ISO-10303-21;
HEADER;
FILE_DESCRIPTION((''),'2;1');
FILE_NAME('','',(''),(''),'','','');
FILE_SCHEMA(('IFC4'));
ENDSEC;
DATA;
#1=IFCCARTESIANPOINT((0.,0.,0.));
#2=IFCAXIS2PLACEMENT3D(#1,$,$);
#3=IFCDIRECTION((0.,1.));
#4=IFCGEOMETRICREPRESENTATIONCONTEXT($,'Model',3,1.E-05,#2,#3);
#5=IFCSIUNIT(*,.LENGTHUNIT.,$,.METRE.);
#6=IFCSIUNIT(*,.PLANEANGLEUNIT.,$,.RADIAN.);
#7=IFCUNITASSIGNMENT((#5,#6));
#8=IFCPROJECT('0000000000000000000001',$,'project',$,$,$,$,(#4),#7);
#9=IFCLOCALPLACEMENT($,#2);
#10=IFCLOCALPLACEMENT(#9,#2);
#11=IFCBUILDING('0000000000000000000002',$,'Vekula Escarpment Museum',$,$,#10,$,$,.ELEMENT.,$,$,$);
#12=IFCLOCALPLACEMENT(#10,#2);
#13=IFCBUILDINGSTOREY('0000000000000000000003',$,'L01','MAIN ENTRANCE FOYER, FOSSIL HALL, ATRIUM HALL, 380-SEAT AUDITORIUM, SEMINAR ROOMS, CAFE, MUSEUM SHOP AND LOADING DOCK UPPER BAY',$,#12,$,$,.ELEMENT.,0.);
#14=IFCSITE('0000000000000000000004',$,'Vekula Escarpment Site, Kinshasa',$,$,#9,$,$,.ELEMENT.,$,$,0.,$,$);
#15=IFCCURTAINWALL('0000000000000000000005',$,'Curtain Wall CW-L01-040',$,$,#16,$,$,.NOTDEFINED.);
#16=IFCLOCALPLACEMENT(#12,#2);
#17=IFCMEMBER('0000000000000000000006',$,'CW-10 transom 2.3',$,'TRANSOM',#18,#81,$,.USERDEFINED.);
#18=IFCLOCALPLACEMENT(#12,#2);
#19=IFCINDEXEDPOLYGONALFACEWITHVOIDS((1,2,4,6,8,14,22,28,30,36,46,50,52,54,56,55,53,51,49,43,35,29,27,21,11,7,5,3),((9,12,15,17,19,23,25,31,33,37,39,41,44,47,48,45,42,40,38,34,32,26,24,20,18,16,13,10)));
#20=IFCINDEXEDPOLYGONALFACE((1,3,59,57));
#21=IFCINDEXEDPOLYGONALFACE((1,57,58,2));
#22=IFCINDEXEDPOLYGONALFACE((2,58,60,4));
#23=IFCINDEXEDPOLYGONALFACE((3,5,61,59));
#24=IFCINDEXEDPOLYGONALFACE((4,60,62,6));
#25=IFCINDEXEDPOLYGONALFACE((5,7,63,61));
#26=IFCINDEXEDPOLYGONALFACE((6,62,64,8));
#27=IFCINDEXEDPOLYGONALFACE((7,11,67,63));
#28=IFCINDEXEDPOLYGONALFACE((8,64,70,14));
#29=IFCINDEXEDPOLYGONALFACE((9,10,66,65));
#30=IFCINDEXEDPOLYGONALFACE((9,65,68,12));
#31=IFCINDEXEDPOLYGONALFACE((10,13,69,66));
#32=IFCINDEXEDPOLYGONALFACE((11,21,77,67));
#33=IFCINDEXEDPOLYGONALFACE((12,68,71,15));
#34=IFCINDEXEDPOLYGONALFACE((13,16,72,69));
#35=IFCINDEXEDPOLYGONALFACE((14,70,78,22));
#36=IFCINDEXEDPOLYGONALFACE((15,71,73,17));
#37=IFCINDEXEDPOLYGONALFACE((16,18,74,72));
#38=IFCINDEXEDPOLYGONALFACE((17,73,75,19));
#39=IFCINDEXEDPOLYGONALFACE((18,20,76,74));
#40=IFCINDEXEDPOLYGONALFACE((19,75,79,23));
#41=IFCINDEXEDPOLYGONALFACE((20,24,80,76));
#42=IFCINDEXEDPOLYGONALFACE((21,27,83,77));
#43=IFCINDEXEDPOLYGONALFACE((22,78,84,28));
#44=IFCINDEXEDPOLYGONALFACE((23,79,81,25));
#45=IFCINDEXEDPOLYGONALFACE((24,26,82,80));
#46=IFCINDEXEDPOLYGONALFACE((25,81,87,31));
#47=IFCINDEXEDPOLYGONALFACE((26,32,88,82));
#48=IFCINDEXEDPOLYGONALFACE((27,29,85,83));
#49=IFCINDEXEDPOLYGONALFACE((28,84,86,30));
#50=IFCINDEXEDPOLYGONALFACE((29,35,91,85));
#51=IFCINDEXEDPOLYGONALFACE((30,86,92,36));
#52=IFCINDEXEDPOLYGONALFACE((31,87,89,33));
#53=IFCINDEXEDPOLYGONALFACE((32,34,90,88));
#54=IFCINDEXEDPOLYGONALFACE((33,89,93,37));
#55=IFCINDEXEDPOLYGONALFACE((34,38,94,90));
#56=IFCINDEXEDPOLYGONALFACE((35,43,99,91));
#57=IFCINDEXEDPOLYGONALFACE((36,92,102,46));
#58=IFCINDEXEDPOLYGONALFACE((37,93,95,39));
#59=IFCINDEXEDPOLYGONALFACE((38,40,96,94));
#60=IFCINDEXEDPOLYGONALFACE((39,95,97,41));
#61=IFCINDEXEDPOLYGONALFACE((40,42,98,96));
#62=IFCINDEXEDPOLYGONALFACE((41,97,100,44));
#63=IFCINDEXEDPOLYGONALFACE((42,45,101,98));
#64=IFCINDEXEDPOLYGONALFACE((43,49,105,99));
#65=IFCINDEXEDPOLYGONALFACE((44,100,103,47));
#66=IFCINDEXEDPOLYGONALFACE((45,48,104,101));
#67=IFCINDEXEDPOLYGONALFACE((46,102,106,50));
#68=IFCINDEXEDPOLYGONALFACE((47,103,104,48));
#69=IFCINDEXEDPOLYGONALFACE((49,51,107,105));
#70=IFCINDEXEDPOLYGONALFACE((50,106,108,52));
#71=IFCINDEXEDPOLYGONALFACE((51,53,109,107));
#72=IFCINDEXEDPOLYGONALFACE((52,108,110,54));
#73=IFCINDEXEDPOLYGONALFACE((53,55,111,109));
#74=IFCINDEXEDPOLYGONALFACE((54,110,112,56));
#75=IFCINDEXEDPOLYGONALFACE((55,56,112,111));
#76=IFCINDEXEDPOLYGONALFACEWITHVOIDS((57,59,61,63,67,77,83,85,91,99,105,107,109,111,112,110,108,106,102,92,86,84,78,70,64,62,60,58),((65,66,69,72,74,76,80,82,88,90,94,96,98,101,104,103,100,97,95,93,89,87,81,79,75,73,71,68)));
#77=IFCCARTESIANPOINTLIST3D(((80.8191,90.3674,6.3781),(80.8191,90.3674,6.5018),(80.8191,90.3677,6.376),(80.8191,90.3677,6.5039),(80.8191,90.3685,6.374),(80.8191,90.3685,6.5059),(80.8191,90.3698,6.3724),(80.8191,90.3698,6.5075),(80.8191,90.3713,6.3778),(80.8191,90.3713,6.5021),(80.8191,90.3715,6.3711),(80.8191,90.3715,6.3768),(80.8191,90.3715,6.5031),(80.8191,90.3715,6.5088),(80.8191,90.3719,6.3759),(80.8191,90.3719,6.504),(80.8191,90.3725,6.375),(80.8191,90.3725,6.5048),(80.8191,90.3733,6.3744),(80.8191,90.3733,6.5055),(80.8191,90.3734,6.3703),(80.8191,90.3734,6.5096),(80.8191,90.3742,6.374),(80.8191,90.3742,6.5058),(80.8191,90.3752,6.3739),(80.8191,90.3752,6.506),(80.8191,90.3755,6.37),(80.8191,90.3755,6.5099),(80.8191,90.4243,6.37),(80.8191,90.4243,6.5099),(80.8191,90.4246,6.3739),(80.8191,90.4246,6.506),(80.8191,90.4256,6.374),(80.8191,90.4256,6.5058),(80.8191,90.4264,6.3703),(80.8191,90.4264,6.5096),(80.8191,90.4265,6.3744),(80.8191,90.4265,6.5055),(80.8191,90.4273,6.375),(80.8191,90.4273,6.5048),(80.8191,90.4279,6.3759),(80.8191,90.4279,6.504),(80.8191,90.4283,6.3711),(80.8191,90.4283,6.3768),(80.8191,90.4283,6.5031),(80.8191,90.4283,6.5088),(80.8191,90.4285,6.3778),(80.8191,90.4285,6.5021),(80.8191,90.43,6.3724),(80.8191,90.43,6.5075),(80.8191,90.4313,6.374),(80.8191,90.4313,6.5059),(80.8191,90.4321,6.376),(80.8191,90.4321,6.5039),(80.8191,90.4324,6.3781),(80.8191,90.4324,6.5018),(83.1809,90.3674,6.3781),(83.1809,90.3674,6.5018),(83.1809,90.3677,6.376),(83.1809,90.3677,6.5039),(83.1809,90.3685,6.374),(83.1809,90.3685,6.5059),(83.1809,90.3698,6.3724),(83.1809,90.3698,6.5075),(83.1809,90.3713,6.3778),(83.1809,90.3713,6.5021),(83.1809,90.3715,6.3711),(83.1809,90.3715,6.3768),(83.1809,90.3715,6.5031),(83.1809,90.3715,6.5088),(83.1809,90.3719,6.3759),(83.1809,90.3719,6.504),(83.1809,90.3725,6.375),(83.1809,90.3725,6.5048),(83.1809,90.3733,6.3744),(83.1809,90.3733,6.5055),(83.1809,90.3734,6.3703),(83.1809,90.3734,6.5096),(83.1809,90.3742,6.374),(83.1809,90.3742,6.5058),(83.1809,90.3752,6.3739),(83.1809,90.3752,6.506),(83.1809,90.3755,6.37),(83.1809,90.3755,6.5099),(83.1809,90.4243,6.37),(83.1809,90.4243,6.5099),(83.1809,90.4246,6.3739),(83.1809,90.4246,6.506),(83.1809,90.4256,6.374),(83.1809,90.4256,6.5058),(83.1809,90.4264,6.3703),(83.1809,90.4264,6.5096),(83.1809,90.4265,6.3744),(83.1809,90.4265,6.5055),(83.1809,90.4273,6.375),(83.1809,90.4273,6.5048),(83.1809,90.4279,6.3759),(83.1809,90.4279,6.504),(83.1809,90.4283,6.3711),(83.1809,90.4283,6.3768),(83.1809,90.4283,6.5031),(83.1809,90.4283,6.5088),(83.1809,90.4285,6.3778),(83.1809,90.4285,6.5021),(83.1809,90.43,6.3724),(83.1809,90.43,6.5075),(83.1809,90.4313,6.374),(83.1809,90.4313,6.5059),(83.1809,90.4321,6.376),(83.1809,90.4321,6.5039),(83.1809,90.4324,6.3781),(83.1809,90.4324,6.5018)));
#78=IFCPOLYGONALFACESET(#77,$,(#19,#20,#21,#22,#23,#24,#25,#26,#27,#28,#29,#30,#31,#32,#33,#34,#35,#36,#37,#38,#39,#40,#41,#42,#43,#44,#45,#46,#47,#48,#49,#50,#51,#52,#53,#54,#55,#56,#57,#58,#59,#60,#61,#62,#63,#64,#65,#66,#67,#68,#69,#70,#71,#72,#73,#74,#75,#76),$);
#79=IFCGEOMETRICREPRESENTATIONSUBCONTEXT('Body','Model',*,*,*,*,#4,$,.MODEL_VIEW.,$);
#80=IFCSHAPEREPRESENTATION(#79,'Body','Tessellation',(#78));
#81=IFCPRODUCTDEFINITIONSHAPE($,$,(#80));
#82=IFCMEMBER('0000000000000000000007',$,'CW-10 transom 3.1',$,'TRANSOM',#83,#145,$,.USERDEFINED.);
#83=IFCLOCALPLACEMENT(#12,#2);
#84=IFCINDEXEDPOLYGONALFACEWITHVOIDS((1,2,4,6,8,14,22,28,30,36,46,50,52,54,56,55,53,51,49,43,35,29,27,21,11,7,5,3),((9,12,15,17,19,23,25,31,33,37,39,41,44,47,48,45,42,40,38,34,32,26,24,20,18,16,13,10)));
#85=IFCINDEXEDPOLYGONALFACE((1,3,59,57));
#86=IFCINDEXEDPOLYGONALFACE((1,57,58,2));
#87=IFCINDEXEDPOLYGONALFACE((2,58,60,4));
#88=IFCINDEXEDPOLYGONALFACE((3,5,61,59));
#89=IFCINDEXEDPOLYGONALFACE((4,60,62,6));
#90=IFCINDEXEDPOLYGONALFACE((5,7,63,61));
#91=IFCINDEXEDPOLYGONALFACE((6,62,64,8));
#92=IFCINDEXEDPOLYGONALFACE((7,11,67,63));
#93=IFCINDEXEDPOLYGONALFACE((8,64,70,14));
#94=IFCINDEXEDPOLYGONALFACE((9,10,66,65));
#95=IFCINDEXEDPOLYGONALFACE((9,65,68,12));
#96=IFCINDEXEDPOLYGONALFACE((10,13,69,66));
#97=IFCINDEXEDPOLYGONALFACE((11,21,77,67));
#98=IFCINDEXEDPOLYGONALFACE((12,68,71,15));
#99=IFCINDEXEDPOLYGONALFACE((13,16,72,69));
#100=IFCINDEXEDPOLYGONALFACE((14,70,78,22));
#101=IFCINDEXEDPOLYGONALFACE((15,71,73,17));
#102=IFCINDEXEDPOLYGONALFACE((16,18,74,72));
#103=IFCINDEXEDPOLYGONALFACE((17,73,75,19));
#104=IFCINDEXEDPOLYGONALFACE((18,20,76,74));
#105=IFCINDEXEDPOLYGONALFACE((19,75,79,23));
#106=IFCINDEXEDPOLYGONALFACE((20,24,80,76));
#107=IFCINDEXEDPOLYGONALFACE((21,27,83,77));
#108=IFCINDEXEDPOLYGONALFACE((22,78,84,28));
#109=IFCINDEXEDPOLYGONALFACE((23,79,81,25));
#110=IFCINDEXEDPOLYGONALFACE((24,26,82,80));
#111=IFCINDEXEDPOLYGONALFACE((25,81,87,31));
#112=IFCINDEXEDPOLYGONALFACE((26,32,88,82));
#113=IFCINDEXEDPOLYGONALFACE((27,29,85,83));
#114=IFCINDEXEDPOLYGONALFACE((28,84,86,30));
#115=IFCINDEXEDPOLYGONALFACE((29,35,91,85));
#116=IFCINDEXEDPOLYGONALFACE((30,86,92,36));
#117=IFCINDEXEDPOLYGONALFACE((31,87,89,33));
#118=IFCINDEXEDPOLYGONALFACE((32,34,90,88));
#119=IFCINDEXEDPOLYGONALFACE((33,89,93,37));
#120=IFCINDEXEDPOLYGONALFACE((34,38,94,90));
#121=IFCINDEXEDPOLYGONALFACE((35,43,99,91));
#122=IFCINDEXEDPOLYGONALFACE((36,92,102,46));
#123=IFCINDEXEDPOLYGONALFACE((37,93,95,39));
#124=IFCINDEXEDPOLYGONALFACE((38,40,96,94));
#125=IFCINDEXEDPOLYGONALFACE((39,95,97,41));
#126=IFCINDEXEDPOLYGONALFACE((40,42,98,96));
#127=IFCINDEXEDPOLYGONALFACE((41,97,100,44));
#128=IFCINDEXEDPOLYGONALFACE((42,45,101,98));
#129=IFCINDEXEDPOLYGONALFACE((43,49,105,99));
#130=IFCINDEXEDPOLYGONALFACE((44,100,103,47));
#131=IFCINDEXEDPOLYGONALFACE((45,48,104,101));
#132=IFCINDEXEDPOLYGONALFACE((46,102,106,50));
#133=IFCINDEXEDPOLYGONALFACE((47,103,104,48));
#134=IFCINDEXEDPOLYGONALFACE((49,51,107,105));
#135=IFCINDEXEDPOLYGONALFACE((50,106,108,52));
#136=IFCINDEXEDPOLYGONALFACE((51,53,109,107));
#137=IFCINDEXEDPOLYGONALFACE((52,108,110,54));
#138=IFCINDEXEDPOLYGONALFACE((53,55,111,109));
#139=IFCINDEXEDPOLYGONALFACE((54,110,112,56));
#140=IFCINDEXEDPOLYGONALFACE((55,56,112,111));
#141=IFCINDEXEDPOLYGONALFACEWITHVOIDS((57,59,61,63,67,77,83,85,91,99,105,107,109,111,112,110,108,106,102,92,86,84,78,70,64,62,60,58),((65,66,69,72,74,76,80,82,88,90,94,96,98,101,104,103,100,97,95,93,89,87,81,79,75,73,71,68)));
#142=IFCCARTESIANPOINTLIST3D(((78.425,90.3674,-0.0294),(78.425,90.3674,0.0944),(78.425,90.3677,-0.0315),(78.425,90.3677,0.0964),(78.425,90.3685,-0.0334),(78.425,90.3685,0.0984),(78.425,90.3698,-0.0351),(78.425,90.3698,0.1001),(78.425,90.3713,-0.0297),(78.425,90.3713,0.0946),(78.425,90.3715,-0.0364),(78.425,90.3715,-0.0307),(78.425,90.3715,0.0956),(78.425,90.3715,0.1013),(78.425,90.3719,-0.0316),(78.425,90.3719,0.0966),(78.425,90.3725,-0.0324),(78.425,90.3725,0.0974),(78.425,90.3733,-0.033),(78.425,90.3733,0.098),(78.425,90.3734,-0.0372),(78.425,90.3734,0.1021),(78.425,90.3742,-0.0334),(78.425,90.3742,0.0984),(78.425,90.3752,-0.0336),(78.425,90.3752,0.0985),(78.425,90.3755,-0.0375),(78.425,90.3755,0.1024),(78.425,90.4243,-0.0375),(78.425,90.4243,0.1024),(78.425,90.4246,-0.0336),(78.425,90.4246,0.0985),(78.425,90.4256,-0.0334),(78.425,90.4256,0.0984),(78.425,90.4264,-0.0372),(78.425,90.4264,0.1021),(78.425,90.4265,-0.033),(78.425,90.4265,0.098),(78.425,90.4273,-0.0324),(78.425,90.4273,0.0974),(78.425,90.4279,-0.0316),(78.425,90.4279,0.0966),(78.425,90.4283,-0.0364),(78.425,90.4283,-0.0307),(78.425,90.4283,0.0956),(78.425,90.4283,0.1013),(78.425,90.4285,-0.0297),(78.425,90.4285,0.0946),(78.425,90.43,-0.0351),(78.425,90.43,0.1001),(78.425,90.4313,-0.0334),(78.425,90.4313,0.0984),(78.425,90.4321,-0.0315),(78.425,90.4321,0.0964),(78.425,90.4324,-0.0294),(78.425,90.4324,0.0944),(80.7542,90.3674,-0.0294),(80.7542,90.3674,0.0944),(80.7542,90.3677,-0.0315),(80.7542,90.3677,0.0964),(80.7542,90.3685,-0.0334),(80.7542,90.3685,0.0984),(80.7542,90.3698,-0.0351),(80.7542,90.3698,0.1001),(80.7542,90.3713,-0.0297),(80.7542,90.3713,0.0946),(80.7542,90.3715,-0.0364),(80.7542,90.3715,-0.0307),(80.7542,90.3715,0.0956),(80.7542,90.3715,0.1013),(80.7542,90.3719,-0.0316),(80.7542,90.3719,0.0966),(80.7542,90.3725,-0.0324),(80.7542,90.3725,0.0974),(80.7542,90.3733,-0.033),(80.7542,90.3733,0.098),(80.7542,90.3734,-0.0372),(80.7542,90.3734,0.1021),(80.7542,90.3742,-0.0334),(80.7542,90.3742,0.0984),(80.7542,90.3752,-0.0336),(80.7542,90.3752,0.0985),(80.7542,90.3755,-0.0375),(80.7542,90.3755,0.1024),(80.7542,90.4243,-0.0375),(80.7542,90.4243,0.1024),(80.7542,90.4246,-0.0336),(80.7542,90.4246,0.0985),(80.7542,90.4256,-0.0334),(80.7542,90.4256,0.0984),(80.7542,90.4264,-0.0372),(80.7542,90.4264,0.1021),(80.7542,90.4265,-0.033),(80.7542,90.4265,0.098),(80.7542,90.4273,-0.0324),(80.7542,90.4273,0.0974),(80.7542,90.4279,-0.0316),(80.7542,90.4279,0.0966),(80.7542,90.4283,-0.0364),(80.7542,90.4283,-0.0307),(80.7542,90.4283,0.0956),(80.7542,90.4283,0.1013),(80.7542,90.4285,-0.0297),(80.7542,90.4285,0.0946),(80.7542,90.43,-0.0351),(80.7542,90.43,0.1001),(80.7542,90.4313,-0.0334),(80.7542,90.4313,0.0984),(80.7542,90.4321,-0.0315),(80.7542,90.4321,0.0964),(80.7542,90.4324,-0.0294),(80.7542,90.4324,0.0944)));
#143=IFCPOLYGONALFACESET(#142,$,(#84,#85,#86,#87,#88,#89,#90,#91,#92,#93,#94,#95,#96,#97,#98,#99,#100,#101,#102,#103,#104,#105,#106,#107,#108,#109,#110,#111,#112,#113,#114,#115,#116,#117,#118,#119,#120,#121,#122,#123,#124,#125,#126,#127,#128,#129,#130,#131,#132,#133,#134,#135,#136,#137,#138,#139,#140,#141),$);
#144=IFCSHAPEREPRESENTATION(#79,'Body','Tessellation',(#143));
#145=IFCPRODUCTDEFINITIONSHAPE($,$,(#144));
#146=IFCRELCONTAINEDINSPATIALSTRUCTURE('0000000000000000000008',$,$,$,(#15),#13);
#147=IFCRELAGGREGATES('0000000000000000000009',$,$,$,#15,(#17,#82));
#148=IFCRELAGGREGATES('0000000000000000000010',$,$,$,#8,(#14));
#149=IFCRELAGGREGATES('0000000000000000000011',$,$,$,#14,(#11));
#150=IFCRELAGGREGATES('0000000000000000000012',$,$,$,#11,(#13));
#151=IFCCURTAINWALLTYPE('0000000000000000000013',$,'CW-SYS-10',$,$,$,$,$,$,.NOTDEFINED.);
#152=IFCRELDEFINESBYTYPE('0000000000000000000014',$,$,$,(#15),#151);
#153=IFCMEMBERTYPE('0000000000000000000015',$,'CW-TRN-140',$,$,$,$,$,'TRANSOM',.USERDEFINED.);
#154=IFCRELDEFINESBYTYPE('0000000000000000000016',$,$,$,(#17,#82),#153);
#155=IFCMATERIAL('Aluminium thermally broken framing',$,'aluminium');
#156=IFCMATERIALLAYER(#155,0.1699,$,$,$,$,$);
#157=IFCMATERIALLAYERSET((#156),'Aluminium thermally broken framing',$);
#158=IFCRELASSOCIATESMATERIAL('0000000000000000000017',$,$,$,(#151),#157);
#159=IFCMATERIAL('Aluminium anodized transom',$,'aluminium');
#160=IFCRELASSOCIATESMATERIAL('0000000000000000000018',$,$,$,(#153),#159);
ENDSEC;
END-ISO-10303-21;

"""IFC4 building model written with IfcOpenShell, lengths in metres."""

from ifc_helpers import new_model, si_unit, direction, frame, origin, origin_2d, place, context, subcontext, project, spatial, hollow_rectangle, extrude, material, layer, layer_set, material_profile, profile_set, type_object, element, aggregate, save


model = new_model("IFC4")

# Units and contexts
model_context = context("Model", 3, precision=1e-05, world=origin(), true_north=direction((0.0, 1.0)))
body_context = subcontext(model_context, "Body", "Model", "MODEL_VIEW")
ifc_project = project(units=[si_unit("LENGTHUNIT", "METRE"), si_unit("PLANEANGLEUNIT", "RADIAN")], contexts=[model_context])

# Site, building, storey
site_placement = place(None, origin())
site = spatial("IfcSite", under=ifc_project, at=site_placement, Name="Vekula Escarpment Site, Kinshasa", CompositionType="ELEMENT", RefElevation=0.0)
building_placement = place(site_placement, origin())
building = spatial("IfcBuilding", under=site, at=building_placement, Name="Vekula Escarpment Museum", CompositionType="ELEMENT")
storey_placement = place(building_placement, origin())
storey = spatial("IfcBuildingStorey", under=building, at=storey_placement, Name="L01", Description="MAIN ENTRANCE FOYER, FOSSIL HALL, ATRIUM HALL, 380-SEAT AUDITORIUM, SEMINAR ROOMS, CAFE, MUSEUM SHOP AND LOADING DOCK UPPER BAY", CompositionType="ELEMENT", Elevation=0.0)

# Curtain wall, members
ifc_material_1 = material(Name="Aluminium thermally broken framing", Category="aluminium")
ifc_layer_1 = layer(ifc_material_1, 0.1699)
ifc_layer_set_1 = layer_set([ifc_layer_1], Name="Aluminium thermally broken framing")
curtain_wall_type = type_object("IfcCurtainWallType", Name="CW-SYS-10", PredefinedType="NOTDEFINED", material=ifc_layer_set_1)
curtain_wall_placement = place(storey_placement, origin())
curtain_wall = element("IfcCurtainWall", 1, at=curtain_wall_placement, inside=storey, type_object=curtain_wall_type, Name="Curtain Wall CW-L01-040", PredefinedType="NOTDEFINED")
ifc_material_2 = material(Name="Aluminium anodized transom", Category="aluminium")
ifc_material_profile_1 = material_profile(ifc_material_2, hollow_rectangle(XDim=0.0649, YDim=0.1399, WallThickness=0.0039, InnerFilletRadius=0.0039, OuterFilletRadius=0.0081, at=origin_2d()), Name="ALU 140x65x4")
ifc_profile_set_1 = profile_set([ifc_material_profile_1], Name="Aluminium anodized transom")
member_type_1 = type_object("IfcMemberType", Name="CW-TRN-140", ElementType="TRANSOM", PredefinedType="USERDEFINED", material=ifc_profile_set_1)
member_1_placement = place(storey_placement, frame((83.1809, 90.3999, 6.4399), z_axis=(-1.0, 0.0, 0.0), x_axis=(0.0, -1.0, 0.0)))
member_1 = element("IfcMember", 2, at=member_1_placement, type_object=member_type_1, Name="CW-10 transom 2.3", ObjectType="TRANSOM", PredefinedType="USERDEFINED", context=body_context, shape_type="SweptSolid", body=[
    extrude(hollow_rectangle(XDim=0.0649, YDim=0.1399, WallThickness=0.0039, InnerFilletRadius=0.0039, OuterFilletRadius=0.0081, at=origin_2d()), origin(), (0.0, 0.0, 1.0), 2.3618),
])
member_2_placement = place(storey_placement, frame((80.7542, 90.3999, 0.0325), z_axis=(-1.0, 0.0, 0.0), x_axis=(0.0, -1.0, 0.0)))
member_2 = element("IfcMember", 3, at=member_2_placement, type_object=member_type_1, Name="CW-10 transom 3.1", ObjectType="TRANSOM", PredefinedType="USERDEFINED", context=body_context, shape_type="SweptSolid", body=[
    extrude(hollow_rectangle(XDim=0.0649, YDim=0.1399, WallThickness=0.0039, InnerFilletRadius=0.0039, OuterFilletRadius=0.0081, at=origin_2d()), origin(), (0.0, 0.0, 1.0), 2.3291),
])
aggregate(curtain_wall, [member_1, member_2])

save(model, "model.ifc")
